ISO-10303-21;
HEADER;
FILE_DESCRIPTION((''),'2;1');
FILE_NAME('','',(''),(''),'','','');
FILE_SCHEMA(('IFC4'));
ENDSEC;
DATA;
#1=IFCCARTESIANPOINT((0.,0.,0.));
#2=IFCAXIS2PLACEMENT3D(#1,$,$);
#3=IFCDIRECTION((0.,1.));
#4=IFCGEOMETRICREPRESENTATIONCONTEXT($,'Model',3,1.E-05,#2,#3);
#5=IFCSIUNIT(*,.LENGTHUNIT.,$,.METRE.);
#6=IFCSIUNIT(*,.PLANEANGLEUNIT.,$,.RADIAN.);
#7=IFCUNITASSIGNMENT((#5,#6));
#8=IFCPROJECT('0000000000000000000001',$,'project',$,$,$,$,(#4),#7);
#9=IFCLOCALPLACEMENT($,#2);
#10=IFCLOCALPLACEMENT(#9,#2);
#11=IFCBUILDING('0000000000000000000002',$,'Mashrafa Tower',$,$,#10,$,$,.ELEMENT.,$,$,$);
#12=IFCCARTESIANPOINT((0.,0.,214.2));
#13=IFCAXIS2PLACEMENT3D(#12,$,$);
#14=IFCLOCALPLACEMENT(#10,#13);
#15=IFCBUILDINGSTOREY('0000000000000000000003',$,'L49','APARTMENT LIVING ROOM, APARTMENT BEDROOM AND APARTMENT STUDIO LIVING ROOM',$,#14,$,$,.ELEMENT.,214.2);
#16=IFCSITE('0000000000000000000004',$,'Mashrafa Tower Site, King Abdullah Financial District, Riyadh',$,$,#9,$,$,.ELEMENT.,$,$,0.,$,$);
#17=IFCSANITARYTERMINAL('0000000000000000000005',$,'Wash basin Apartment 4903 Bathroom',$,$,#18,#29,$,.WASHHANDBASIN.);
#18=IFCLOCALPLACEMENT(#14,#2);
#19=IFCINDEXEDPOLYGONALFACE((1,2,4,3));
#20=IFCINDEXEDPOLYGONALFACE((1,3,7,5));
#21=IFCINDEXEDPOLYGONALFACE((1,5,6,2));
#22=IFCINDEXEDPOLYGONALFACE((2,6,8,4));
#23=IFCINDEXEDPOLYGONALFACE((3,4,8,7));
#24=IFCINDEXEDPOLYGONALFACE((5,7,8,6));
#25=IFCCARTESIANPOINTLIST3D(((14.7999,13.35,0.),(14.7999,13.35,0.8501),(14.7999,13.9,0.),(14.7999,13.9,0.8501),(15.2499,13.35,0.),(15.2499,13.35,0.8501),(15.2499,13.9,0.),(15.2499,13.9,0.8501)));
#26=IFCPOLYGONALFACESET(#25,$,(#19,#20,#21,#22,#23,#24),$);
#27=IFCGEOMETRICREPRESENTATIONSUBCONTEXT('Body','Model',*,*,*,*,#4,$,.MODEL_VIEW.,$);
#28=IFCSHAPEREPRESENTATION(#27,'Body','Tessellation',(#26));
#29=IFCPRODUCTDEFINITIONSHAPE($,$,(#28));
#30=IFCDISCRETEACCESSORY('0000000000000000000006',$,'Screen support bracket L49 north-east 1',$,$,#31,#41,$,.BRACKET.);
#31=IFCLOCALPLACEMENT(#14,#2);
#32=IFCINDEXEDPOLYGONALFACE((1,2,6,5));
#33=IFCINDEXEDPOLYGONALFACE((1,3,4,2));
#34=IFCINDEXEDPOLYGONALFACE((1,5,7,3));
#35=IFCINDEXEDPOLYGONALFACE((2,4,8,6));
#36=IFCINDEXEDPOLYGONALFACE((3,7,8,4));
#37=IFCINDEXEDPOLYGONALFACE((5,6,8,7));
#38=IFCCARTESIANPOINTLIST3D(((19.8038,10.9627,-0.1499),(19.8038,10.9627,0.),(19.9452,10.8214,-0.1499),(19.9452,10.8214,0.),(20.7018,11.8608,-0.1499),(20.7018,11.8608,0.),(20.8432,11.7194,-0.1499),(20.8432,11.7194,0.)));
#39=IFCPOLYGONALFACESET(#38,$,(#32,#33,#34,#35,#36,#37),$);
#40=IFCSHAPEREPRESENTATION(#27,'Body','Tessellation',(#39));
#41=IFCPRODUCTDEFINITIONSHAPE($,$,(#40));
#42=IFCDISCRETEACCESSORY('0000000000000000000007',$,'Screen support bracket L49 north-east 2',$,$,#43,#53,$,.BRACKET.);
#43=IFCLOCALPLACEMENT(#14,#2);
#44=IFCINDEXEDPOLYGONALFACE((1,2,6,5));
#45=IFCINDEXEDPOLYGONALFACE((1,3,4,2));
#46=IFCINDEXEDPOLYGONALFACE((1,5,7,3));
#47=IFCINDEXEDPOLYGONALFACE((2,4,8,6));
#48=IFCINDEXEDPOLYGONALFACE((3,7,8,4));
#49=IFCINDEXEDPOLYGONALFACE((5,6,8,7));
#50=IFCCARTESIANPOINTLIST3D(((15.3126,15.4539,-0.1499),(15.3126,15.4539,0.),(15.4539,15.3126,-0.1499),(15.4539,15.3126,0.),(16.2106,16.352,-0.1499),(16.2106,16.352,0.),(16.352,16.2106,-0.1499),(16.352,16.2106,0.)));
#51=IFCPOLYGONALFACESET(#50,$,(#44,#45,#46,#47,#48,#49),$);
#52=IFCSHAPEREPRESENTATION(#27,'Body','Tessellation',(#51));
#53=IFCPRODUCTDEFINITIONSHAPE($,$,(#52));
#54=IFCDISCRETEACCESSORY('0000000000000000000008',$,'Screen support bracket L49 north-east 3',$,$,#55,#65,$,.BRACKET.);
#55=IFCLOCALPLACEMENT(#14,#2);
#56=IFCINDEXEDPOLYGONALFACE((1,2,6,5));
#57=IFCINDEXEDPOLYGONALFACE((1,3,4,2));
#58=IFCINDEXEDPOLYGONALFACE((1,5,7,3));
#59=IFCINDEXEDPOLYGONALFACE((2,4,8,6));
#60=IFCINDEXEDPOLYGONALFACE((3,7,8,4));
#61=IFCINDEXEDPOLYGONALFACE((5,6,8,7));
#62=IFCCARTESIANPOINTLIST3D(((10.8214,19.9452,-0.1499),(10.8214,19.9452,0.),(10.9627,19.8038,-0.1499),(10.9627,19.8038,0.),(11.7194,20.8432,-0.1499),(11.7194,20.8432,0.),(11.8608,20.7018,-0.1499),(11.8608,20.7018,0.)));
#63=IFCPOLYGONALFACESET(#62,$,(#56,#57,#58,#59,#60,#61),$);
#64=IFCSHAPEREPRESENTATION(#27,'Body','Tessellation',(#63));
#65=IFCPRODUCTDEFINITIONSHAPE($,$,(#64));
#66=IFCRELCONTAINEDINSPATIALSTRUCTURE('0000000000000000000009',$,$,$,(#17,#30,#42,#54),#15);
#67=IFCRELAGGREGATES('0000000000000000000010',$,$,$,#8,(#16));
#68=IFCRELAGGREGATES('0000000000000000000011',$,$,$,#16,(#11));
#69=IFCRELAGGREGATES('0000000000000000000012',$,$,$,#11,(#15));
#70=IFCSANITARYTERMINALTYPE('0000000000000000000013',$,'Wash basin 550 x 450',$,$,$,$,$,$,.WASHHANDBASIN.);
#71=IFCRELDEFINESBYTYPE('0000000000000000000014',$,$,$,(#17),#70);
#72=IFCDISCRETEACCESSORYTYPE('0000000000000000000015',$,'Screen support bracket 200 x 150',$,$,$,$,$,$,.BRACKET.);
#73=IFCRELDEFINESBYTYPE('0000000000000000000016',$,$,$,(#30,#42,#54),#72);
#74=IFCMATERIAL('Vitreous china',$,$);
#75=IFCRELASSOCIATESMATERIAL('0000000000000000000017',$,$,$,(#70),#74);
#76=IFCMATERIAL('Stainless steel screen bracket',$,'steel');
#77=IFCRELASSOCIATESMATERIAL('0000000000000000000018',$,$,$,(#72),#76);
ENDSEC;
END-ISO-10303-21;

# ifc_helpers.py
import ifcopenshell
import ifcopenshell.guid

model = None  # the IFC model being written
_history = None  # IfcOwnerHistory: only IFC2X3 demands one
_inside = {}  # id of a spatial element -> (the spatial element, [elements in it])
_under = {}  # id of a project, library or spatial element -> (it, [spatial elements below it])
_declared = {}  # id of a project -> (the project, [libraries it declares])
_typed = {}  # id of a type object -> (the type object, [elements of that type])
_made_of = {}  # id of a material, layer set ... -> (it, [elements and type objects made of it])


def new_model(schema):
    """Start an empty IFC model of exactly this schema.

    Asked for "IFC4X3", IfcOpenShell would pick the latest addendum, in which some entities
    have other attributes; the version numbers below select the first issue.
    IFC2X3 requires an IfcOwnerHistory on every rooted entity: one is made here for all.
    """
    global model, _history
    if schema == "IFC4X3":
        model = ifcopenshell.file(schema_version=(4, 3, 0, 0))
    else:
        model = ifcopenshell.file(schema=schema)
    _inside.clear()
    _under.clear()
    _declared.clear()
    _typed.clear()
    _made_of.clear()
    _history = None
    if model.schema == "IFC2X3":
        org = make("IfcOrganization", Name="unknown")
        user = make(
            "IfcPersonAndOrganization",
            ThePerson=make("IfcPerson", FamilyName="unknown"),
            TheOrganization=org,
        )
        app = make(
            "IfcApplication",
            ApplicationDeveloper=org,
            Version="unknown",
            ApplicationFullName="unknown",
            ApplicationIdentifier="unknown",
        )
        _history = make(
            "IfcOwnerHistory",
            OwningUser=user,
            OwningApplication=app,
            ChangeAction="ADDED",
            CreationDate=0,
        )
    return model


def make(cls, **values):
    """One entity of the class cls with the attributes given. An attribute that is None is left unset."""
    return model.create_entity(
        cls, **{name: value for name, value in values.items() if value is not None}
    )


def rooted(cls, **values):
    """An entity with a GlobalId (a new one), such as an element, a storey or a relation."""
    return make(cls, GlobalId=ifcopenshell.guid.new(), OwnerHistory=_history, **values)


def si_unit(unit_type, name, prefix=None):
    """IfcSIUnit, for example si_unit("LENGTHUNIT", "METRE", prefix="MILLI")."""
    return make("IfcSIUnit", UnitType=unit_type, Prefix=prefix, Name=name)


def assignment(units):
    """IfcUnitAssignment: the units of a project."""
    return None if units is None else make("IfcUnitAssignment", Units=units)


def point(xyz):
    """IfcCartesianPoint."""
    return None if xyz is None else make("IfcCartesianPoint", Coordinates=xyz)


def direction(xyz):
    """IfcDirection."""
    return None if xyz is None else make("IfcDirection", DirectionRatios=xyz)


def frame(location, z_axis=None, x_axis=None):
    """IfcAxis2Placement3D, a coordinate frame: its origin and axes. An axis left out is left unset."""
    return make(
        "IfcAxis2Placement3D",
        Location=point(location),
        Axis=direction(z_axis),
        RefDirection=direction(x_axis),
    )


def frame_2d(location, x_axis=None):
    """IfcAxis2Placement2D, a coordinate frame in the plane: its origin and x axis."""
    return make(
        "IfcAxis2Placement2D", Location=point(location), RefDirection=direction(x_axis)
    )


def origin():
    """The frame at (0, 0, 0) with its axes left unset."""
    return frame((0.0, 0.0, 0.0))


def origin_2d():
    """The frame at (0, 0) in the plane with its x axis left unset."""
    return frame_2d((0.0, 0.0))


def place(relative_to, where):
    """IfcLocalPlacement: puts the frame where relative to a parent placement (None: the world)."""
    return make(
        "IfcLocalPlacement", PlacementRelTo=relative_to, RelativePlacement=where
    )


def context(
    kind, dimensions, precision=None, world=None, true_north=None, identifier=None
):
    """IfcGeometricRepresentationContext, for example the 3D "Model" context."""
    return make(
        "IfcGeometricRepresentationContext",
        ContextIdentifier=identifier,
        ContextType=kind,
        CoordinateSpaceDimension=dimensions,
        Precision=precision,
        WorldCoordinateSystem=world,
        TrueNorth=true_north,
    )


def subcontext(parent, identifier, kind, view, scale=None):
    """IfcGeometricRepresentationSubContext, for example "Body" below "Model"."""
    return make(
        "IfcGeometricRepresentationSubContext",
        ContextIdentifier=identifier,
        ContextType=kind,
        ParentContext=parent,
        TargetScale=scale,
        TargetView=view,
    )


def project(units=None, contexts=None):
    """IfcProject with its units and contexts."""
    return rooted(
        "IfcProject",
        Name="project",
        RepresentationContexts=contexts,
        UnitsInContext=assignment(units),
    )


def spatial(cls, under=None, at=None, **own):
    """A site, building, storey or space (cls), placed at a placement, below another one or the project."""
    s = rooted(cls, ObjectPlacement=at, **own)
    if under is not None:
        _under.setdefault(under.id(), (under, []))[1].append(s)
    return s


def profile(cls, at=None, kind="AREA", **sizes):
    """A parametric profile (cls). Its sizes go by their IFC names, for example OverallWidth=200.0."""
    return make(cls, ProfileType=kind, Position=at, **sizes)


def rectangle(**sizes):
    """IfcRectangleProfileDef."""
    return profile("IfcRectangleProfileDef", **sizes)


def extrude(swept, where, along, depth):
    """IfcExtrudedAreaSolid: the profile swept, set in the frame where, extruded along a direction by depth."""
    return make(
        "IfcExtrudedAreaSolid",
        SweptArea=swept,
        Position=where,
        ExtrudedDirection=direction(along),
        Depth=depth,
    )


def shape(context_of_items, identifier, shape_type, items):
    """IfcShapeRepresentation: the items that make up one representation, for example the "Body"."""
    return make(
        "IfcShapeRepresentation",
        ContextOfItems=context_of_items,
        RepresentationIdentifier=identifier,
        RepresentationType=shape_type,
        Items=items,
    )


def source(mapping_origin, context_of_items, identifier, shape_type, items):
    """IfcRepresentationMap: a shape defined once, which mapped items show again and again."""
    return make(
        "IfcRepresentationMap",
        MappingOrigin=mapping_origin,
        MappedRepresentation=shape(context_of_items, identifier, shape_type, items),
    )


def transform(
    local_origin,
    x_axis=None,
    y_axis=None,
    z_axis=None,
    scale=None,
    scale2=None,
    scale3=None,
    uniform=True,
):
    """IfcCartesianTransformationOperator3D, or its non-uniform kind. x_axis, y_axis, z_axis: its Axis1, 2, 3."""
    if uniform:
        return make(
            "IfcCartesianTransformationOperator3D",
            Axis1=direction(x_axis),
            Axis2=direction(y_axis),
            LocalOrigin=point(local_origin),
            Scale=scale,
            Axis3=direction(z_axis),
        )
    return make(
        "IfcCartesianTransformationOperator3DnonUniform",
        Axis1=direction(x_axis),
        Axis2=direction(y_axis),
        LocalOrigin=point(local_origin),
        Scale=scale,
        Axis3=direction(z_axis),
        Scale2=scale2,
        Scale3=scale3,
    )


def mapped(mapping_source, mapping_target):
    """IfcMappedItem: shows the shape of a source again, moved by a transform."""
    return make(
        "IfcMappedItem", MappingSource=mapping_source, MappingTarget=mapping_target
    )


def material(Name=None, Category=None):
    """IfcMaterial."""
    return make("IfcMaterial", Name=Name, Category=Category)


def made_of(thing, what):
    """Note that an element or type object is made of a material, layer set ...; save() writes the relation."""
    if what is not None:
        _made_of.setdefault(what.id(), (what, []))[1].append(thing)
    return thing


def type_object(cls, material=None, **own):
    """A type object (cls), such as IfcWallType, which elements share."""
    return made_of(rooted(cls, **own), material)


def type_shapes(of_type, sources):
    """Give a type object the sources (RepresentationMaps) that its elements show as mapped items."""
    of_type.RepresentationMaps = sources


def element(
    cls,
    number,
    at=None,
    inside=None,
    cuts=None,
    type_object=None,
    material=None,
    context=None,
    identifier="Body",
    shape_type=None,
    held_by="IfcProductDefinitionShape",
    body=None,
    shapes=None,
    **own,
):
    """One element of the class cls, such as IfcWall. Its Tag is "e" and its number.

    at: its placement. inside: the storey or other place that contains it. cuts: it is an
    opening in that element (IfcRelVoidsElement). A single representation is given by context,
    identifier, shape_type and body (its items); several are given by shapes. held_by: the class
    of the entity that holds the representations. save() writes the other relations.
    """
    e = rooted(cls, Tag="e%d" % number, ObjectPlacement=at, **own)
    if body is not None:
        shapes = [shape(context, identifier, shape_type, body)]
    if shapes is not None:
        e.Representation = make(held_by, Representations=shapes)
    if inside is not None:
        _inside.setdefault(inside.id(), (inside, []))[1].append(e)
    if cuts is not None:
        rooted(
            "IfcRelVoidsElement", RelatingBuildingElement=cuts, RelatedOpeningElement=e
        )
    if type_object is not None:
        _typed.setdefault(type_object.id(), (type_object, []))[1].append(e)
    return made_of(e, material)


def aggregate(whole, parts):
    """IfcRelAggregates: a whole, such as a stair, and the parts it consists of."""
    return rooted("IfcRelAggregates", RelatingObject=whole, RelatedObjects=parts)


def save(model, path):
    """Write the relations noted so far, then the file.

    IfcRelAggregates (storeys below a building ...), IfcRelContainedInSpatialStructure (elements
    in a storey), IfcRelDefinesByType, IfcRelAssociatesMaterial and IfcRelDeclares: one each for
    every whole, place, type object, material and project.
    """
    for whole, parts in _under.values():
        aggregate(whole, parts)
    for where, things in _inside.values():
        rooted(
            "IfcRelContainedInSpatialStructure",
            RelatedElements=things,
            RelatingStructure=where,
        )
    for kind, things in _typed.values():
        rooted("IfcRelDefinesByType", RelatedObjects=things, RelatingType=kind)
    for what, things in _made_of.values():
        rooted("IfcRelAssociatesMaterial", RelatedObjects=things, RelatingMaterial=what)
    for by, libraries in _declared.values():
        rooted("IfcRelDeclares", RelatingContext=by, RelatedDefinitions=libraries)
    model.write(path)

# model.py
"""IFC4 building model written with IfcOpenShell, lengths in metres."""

from ifc_helpers import new_model, si_unit, direction, frame, origin, origin_2d, place, context, subcontext, project, spatial, rectangle, extrude, source, transform, mapped, material, type_object, type_shapes, element, save


model = new_model("IFC4")

# Units and contexts
model_context = context("Model", 3, precision=1e-05, world=origin(), true_north=direction((0.0, 1.0)))
body_context = subcontext(model_context, "Body", "Model", "MODEL_VIEW")
ifc_project = project(units=[si_unit("LENGTHUNIT", "METRE"), si_unit("PLANEANGLEUNIT", "RADIAN")], contexts=[model_context])

# Site, building, storey
site_placement = place(None, origin())
site = spatial("IfcSite", under=ifc_project, at=site_placement, Name="Mashrafa Tower Site, King Abdullah Financial District, Riyadh", CompositionType="ELEMENT", RefElevation=0.0)
building_placement = place(site_placement, origin())
building = spatial("IfcBuilding", under=site, at=building_placement, Name="Mashrafa Tower", CompositionType="ELEMENT")
storey_placement = place(building_placement, frame((0.0, 0.0, 214.2)))
storey = spatial("IfcBuildingStorey", under=building, at=storey_placement, Name="L49", Description="APARTMENT LIVING ROOM, APARTMENT BEDROOM AND APARTMENT STUDIO LIVING ROOM", CompositionType="ELEMENT", Elevation=214.2)

# Sanitary terminal
ifc_material_1 = material(Name="Vitreous china")
sanitary_terminal_type_1 = type_object("IfcSanitaryTerminalType", Name="Wash basin 550 x 450", PredefinedType="WASHHANDBASIN", material=ifc_material_1)
sanitary_terminal_1_placement = place(storey_placement, frame((15.0249, 13.625, 0.0), z_axis=(0.0, 0.0, 1.0), x_axis=(0.0, 1.0, 0.0)))
element("IfcSanitaryTerminal", 1, at=sanitary_terminal_1_placement, inside=storey, type_object=sanitary_terminal_type_1, Name="Wash basin Apartment 4903 Bathroom", PredefinedType="WASHHANDBASIN", context=body_context, shape_type="SweptSolid", body=[
    extrude(rectangle(XDim=0.55, YDim=0.45, at=origin_2d()), origin(), (0.0, 0.0, 1.0), 0.8501),
])

# Discrete accessories
ifc_material_2 = material(Name="Stainless steel screen bracket", Category="steel")
discrete_accessory_type = type_object("IfcDiscreteAccessoryType", Name="Screen support bracket 200 x 150", PredefinedType="BRACKET", material=ifc_material_2)
shared_shape_1 = source(origin(), body_context, "Body", "SweptSolid", [
    extrude(rectangle(XDim=0.2, YDim=1.27, at=origin_2d()), origin(), (0.0, 0.0, 1.0), 0.1499),
])
type_shapes(discrete_accessory_type, [shared_shape_1])
for number, where, z_axis, x_axis, name in (
    (2, (20.3235, 11.3411, -0.1499), (0.0, 0.0, 1.0), (-0.707107, 0.707107, 0.0), "Screen support bracket L49 north-east 1"),
    (3, (15.8323, 15.8323, -0.1499), (0.0, 0.0, 1.0), (-0.707107, 0.707107, 0.0), "Screen support bracket L49 north-east 2"),
    (4, (11.3411, 20.3235, -0.1499), (0.0, 0.0, 1.0), (-0.707107, 0.707107, 0.0), "Screen support bracket L49 north-east 3"),
):
    element("IfcDiscreteAccessory", number, at=place(storey_placement, frame(where, z_axis=z_axis, x_axis=x_axis)), inside=storey, type_object=discrete_accessory_type, Name=name, PredefinedType="BRACKET", context=body_context, shape_type="MappedRepresentation", body=[
        mapped(shared_shape_1, transform((0.0, 0.0, 0.0))),
    ])

save(model, "model.ifc")
